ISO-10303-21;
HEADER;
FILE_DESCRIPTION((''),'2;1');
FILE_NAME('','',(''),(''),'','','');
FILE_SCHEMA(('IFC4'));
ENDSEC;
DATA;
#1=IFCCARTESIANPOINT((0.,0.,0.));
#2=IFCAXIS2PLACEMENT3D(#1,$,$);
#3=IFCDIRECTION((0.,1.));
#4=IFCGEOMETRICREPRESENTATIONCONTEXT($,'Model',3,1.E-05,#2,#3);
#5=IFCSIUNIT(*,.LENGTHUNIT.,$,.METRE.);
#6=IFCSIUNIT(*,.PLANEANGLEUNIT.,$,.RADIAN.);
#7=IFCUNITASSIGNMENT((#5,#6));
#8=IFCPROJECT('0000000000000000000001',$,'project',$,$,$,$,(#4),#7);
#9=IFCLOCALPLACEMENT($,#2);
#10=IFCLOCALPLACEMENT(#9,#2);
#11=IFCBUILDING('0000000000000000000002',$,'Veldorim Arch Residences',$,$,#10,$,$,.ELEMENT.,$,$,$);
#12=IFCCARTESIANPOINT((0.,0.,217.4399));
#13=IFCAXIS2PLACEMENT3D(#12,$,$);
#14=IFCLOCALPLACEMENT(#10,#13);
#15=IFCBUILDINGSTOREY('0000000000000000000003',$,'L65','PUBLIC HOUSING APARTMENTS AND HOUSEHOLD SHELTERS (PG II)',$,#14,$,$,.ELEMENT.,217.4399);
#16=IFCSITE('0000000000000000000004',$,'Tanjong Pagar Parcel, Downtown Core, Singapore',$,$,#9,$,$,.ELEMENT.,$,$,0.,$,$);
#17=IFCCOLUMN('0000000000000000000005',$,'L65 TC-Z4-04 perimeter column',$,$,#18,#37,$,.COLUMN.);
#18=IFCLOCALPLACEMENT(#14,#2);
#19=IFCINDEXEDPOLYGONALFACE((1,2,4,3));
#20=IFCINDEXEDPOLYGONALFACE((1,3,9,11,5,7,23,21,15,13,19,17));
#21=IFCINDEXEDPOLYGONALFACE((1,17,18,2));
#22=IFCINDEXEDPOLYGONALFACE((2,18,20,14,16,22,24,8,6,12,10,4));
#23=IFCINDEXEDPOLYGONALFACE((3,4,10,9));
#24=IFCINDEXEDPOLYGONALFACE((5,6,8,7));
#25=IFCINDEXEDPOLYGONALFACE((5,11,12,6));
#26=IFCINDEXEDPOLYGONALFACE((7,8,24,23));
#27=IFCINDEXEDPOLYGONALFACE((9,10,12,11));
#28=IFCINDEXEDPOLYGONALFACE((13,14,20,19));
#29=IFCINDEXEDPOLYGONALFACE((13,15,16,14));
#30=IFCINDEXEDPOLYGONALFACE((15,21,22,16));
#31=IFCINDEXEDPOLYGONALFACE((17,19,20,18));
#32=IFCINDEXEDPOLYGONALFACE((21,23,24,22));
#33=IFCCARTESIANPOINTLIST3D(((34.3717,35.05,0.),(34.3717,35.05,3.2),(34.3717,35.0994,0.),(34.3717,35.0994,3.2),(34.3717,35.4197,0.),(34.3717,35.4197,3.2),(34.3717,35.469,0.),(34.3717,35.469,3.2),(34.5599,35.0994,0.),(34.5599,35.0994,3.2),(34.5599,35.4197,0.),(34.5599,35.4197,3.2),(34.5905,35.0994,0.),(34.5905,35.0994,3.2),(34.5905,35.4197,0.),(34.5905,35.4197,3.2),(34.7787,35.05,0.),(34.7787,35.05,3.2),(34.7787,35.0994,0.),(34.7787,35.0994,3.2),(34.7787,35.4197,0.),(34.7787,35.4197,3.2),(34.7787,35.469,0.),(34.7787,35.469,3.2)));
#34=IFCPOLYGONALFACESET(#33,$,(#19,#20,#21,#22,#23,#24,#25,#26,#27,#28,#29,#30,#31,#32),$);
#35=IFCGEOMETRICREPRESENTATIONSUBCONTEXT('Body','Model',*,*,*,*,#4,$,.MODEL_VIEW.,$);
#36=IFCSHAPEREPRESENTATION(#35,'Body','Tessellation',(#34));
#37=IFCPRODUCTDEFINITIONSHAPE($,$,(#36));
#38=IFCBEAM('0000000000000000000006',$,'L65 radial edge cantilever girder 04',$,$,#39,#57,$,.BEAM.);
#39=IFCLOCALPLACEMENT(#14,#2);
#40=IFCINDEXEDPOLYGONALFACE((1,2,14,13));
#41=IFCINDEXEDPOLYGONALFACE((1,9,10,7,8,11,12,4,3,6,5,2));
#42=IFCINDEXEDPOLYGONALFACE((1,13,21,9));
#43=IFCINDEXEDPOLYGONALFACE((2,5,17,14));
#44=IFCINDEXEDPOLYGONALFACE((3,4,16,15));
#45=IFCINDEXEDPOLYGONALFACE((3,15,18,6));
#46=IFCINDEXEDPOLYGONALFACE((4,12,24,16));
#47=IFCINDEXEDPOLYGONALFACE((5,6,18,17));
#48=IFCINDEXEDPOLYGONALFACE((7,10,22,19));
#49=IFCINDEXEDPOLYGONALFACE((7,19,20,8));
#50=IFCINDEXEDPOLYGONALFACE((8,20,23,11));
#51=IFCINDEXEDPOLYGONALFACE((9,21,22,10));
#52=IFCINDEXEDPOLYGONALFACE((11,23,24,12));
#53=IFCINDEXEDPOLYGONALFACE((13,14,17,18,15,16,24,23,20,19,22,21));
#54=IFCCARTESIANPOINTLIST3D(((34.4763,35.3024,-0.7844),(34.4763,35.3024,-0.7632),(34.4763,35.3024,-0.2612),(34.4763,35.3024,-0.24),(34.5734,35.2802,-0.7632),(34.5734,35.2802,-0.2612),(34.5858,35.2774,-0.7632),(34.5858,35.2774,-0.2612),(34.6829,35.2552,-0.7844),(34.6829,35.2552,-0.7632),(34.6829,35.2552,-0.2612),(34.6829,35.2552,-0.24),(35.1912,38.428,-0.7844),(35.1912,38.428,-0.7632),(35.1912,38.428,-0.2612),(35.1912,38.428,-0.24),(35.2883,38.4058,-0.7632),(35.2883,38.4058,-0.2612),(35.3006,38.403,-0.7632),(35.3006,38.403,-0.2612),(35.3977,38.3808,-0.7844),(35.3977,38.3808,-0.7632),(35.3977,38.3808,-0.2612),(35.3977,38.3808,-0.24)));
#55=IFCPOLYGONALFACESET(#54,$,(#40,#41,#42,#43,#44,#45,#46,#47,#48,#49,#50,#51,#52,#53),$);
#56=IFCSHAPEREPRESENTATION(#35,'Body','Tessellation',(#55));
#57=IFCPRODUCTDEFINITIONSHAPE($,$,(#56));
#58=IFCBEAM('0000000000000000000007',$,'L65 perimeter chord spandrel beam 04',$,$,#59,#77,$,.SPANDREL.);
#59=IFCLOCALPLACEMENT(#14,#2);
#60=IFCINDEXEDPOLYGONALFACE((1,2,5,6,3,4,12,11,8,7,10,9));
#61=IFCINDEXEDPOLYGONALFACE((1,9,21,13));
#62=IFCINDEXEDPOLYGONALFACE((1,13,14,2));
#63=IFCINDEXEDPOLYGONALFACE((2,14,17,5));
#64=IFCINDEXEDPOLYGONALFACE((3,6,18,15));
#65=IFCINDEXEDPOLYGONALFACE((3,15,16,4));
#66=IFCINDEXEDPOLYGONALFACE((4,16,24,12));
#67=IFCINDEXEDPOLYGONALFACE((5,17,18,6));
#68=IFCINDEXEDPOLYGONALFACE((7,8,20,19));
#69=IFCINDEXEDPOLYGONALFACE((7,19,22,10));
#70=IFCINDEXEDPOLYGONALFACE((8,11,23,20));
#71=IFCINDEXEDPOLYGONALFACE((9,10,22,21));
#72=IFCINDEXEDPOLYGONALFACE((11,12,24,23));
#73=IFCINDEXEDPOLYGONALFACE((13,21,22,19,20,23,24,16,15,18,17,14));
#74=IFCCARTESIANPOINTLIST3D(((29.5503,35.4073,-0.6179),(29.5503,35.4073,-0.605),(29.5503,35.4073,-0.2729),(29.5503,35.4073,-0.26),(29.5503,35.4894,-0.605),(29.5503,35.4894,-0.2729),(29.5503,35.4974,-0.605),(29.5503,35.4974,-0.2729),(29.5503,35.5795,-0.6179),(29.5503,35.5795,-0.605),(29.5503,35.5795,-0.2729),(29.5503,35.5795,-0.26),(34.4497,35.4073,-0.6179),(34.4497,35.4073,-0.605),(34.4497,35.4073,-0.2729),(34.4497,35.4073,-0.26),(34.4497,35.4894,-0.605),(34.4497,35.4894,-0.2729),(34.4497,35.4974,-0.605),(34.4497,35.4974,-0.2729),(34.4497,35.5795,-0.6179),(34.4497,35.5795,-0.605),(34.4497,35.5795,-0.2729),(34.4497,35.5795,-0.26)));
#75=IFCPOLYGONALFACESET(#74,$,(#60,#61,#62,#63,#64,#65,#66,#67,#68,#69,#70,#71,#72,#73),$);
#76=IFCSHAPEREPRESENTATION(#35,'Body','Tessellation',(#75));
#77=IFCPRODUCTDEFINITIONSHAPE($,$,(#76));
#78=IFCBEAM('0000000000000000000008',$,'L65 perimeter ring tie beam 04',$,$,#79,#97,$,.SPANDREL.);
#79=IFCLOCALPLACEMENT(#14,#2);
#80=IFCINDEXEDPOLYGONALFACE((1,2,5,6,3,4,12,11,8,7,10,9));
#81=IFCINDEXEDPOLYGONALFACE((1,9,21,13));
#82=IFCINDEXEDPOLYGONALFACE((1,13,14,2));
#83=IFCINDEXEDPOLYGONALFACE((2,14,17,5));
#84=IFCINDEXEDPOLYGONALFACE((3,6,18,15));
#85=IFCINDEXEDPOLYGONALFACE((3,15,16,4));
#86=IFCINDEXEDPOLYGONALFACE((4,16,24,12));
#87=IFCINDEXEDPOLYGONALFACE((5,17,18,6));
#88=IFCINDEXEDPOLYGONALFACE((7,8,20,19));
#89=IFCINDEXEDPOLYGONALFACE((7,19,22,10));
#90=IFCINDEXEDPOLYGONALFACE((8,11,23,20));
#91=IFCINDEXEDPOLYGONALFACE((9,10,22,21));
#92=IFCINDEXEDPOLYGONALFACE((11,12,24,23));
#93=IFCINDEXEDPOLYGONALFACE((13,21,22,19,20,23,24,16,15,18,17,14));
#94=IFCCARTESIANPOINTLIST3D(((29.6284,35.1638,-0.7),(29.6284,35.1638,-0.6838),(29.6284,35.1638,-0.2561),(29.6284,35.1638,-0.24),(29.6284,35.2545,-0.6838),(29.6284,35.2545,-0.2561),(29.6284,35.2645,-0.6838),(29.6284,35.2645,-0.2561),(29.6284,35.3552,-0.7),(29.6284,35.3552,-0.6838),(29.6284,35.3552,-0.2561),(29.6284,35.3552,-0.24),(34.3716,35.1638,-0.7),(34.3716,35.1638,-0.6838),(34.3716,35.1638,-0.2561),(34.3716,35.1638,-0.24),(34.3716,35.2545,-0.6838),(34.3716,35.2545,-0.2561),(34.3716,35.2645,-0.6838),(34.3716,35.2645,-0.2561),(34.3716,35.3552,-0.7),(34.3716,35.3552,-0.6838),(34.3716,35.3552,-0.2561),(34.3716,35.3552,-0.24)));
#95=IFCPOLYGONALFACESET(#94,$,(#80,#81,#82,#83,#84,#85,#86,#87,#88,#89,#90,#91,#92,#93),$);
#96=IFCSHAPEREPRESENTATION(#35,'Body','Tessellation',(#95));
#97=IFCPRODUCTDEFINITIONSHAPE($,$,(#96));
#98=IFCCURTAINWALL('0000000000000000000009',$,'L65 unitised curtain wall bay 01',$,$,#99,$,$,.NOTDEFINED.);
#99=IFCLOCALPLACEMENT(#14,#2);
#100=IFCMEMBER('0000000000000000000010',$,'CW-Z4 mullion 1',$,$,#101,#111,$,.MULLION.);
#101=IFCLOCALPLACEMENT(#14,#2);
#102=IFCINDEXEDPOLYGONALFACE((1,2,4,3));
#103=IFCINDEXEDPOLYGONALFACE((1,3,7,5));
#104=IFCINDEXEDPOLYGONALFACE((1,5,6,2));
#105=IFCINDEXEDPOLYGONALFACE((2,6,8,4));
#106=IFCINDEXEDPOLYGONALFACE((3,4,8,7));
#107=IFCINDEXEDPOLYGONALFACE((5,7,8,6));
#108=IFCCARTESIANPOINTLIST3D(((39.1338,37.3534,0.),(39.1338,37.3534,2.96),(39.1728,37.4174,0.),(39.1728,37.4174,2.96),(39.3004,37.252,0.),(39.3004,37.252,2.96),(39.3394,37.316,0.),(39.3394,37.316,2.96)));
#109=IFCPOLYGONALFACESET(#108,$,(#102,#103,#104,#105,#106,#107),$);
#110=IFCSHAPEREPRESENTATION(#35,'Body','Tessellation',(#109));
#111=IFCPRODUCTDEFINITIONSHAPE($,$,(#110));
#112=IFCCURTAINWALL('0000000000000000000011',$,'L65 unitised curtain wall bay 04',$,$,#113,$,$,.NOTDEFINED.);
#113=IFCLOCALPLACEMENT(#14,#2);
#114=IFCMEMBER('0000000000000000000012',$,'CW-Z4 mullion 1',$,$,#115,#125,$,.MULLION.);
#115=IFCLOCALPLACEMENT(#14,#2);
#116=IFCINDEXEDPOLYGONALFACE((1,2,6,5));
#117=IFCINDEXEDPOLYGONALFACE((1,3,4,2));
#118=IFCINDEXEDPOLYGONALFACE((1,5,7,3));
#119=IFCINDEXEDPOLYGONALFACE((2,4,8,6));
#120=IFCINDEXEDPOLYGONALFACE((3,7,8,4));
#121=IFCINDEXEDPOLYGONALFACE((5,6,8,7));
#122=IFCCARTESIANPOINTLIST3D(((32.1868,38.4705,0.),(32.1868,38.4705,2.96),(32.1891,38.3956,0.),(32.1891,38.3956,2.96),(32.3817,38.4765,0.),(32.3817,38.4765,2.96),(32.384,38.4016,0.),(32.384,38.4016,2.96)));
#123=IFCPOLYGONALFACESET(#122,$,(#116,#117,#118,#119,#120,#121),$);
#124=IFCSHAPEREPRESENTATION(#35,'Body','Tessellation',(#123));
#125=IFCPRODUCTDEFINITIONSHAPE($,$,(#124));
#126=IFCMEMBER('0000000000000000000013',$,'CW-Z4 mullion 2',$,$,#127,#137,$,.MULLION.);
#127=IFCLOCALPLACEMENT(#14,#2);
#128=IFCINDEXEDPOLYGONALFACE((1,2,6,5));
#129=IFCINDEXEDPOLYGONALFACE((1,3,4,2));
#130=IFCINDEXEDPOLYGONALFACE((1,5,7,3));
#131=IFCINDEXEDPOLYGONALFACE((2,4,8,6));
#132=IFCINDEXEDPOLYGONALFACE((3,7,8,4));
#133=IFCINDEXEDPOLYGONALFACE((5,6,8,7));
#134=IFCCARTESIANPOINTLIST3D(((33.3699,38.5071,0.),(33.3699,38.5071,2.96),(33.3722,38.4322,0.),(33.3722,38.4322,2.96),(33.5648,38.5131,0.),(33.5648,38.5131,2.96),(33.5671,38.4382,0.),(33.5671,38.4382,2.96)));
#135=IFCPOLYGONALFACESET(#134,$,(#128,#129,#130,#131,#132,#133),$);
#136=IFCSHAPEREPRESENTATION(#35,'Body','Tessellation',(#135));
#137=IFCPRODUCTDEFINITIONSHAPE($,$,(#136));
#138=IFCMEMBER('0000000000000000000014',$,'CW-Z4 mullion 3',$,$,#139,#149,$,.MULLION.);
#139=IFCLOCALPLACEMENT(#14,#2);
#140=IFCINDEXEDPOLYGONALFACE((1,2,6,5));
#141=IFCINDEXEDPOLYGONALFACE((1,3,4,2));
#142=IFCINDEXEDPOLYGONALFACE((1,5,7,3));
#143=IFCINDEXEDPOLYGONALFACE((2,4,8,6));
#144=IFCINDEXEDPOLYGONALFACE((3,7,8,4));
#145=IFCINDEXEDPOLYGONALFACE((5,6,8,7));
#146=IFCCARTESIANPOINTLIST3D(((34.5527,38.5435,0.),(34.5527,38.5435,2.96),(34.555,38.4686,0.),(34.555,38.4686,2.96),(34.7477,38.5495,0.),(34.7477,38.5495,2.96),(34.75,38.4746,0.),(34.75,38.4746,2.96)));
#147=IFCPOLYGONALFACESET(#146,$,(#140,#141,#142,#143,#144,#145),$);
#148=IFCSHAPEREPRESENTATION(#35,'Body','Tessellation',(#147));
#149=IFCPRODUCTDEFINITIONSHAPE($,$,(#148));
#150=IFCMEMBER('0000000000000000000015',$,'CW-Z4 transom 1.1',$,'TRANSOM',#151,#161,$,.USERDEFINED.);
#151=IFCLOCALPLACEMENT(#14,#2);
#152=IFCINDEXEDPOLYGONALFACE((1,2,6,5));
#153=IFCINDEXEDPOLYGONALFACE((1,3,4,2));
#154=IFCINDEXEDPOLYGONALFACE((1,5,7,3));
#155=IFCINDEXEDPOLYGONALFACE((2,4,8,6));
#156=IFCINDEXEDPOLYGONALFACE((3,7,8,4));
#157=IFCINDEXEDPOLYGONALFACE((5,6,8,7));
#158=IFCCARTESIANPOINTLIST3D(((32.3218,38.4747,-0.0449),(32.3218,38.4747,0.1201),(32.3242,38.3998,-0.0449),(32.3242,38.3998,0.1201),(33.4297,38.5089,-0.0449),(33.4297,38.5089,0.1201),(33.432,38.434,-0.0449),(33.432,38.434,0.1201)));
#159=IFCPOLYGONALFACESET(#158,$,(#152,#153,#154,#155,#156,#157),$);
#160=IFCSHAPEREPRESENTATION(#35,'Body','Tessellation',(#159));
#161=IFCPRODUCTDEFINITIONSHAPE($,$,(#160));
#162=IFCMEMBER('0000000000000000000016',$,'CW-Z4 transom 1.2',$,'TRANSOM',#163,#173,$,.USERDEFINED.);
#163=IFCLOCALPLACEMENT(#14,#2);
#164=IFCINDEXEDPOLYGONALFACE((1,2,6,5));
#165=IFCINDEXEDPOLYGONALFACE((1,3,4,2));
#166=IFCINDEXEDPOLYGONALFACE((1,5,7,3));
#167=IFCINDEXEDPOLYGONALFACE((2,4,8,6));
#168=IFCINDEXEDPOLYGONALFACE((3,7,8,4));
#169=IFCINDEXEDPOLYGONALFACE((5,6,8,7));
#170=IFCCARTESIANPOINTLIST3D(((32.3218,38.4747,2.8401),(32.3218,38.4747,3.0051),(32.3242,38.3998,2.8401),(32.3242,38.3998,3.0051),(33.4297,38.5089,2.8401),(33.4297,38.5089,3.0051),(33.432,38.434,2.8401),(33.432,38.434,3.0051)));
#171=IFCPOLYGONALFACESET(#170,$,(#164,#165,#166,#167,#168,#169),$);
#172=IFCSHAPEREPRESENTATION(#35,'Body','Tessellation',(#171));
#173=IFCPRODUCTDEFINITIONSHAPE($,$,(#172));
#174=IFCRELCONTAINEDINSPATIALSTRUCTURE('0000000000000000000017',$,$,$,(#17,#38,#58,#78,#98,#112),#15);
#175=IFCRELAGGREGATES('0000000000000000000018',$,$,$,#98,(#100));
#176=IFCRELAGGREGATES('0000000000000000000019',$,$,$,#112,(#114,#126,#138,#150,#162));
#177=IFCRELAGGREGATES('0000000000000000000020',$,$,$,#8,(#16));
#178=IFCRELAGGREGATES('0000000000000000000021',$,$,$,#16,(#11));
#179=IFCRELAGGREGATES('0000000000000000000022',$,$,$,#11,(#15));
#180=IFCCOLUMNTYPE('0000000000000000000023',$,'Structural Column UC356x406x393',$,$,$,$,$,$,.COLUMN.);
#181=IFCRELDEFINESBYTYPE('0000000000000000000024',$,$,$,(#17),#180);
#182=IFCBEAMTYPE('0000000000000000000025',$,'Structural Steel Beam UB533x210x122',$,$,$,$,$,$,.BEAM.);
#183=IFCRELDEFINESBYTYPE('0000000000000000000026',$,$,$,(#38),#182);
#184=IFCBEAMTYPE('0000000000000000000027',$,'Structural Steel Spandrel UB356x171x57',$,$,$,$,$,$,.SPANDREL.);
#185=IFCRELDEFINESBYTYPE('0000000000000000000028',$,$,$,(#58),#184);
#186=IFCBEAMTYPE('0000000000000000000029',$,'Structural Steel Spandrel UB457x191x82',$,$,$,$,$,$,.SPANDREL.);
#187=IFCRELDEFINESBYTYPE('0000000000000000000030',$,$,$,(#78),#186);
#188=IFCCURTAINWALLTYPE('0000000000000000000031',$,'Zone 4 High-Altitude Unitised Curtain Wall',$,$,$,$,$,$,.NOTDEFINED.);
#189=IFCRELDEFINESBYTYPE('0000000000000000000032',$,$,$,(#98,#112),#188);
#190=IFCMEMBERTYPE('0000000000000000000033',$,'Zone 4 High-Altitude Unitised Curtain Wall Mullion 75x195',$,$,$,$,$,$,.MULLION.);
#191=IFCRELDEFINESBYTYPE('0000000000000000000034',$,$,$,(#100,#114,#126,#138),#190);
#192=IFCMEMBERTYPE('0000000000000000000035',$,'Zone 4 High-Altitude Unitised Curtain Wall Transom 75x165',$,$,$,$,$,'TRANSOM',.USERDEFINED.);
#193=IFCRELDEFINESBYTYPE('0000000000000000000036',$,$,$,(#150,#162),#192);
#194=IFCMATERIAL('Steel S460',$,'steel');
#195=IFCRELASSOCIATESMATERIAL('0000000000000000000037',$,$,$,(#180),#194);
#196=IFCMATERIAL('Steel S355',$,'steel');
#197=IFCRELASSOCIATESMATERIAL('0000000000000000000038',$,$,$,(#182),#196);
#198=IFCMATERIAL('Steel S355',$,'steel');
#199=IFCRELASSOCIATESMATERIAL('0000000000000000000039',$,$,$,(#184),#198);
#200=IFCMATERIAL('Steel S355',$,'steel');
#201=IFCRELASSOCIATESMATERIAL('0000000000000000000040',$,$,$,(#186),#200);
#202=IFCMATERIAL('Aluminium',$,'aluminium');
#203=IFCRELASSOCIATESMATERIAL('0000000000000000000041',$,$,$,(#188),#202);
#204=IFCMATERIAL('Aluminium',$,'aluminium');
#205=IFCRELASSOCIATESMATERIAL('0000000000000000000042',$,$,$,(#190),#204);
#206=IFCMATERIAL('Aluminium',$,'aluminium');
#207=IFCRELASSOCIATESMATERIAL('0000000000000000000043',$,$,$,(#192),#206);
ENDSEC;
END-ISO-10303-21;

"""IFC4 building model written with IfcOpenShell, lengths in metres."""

from ifc_helpers import new_model, si_unit, direction, frame, origin, origin_2d, place, context, subcontext, project, spatial, rectangle, i_section, extrude, material, material_profile, profile_set, type_object, element, aggregate, save


model = new_model("IFC4")

# Units and contexts
model_context = context("Model", 3, precision=1e-05, world=origin(), true_north=direction((0.0, 1.0)))
body_context = subcontext(model_context, "Body", "Model", "MODEL_VIEW")
ifc_project = project(units=[si_unit("LENGTHUNIT", "METRE"), si_unit("PLANEANGLEUNIT", "RADIAN")], contexts=[model_context])

# Site, building, storey
site_placement = place(None, origin())
site = spatial("IfcSite", under=ifc_project, at=site_placement, Name="Tanjong Pagar Parcel, Downtown Core, Singapore", CompositionType="ELEMENT", RefElevation=0.0)
building_placement = place(site_placement, origin())
building = spatial("IfcBuilding", under=site, at=building_placement, Name="Veldorim Arch Residences", CompositionType="ELEMENT")
storey_placement = place(building_placement, frame((0.0, 0.0, 217.4399)))
storey = spatial("IfcBuildingStorey", under=building, at=storey_placement, Name="L65", Description="PUBLIC HOUSING APARTMENTS AND HOUSEHOLD SHELTERS (PG II)", CompositionType="ELEMENT", Elevation=217.4399)

# Column
ifc_material_1 = material(Name="Steel S460", Category="steel")
ifc_material_profile_1 = material_profile(ifc_material_1, i_section(OverallWidth=0.407, OverallDepth=0.4189, WebThickness=0.0305, FlangeThickness=0.0493, at=origin_2d()), Name="UC356x406x393")
ifc_profile_set_1 = profile_set([ifc_material_profile_1], Name="Steel S460")
column_type = type_object("IfcColumnType", Name="Structural Column UC356x406x393", PredefinedType="COLUMN", material=ifc_profile_set_1)
column_placement = place(storey_placement, frame((34.5752, 35.2595, 0.0), z_axis=(0.0, 0.0, 1.0), x_axis=(1.0, 0.0, 0.0)))
element("IfcColumn", 1, at=column_placement, inside=storey, type_object=column_type, Name="L65 TC-Z4-04 perimeter column", PredefinedType="COLUMN", context=body_context, shape_type="SweptSolid", body=[
    extrude(i_section(OverallWidth=0.407, OverallDepth=0.4189, WebThickness=0.0305, FlangeThickness=0.0493, at=origin_2d()), origin(), (0.0, 0.0, 1.0), 3.2),
])

# Beams
ifc_material_2 = material(Name="Steel S355", Category="steel")
ifc_material_profile_2 = material_profile(ifc_material_2, i_section(OverallWidth=0.2119, OverallDepth=0.5444, WebThickness=0.0127, FlangeThickness=0.0212, at=origin_2d()), Name="UB533x210x122")
ifc_profile_set_2 = profile_set([ifc_material_profile_2], Name="Steel S355")
beam_type_1 = type_object("IfcBeamType", Name="Structural Steel Beam UB533x210x122", PredefinedType="BEAM", material=ifc_profile_set_2)
beam_1_placement = place(storey_placement, frame((34.5796, 35.2788, -0.5122), z_axis=(0.222957, 0.974828, 0.0), x_axis=(-0.974828, 0.222957, 0.0)))
element("IfcBeam", 2, at=beam_1_placement, inside=storey, type_object=beam_type_1, Name="L65 radial edge cantilever girder 04", PredefinedType="BEAM", context=body_context, shape_type="SweptSolid", body=[
    extrude(i_section(OverallWidth=0.2119, OverallDepth=0.5444, WebThickness=0.0127, FlangeThickness=0.0212, at=origin_2d()), origin(), (0.0, 0.0, 1.0), 3.2063),
])
ifc_material_3 = material(Name="Steel S355", Category="steel")
ifc_material_profile_3 = material_profile(ifc_material_3, i_section(OverallWidth=0.1721, OverallDepth=0.3579, WebThickness=0.0081, FlangeThickness=0.0129, at=origin_2d()), Name="UB356x171x57")
ifc_profile_set_3 = profile_set([ifc_material_profile_3], Name="Steel S355")
beam_type_2 = type_object("IfcBeamType", Name="Structural Steel Spandrel UB356x171x57", PredefinedType="SPANDREL", material=ifc_profile_set_3)
beam_2_placement = place(storey_placement, frame((34.4497, 35.4934, -0.439), z_axis=(-1.0, 0.0, 0.0), x_axis=(0.0, -1.0, 0.0)))
element("IfcBeam", 3, at=beam_2_placement, inside=storey, type_object=beam_type_2, Name="L65 perimeter chord spandrel beam 04", PredefinedType="SPANDREL", context=body_context, shape_type="SweptSolid", body=[
    extrude(i_section(OverallWidth=0.1721, OverallDepth=0.3579, WebThickness=0.0081, FlangeThickness=0.0129, at=origin_2d()), origin(), (0.0, 0.0, 1.0), 4.8994),
])
ifc_material_4 = material(Name="Steel S355", Category="steel")
ifc_material_profile_4 = material_profile(ifc_material_4, i_section(OverallWidth=0.1914, OverallDepth=0.46, WebThickness=0.01, FlangeThickness=0.0161, at=origin_2d()), Name="UB457x191x82")
ifc_profile_set_4 = profile_set([ifc_material_profile_4], Name="Steel S355")
beam_type_3 = type_object("IfcBeamType", Name="Structural Steel Spandrel UB457x191x82", PredefinedType="SPANDREL", material=ifc_profile_set_4)
beam_3_placement = place(storey_placement, frame((34.3716, 35.2595, -0.47), z_axis=(-1.0, 0.0, 0.0), x_axis=(0.0, -1.0, 0.0)))
element("IfcBeam", 4, at=beam_3_placement, inside=storey, type_object=beam_type_3, Name="L65 perimeter ring tie beam 04", PredefinedType="SPANDREL", context=body_context, shape_type="SweptSolid", body=[
    extrude(i_section(OverallWidth=0.1914, OverallDepth=0.46, WebThickness=0.01, FlangeThickness=0.0161, at=origin_2d()), origin(), (0.0, 0.0, 1.0), 4.7432),
])

# Curtain wall, member
ifc_material_5 = material(Name="Aluminium", Category="aluminium")
curtain_wall_type = type_object("IfcCurtainWallType", Name="Zone 4 High-Altitude Unitised Curtain Wall", PredefinedType="NOTDEFINED", material=ifc_material_5)
curtain_wall_1_placement = place(storey_placement, origin())
curtain_wall_1 = element("IfcCurtainWall", 5, at=curtain_wall_1_placement, inside=storey, type_object=curtain_wall_type, Name="L65 unitised curtain wall bay 01", PredefinedType="NOTDEFINED")
ifc_material_6 = material(Name="Aluminium", Category="aluminium")
ifc_material_profile_5 = material_profile(ifc_material_6, rectangle(XDim=0.075, YDim=0.1951, at=origin_2d()), Name="ALU_MUL_75x195")
ifc_profile_set_5 = profile_set([ifc_material_profile_5], Name="Aluminium")
member_type_1 = type_object("IfcMemberType", Name="Zone 4 High-Altitude Unitised Curtain Wall Mullion 75x195", PredefinedType="MULLION", material=ifc_profile_set_5)
member_1_placement = place(storey_placement, frame((39.2366, 37.3347, 0.0), z_axis=(0.0, 0.0, 1.0), x_axis=(0.520033, 0.854146, 0.0)))
member_1 = element("IfcMember", 6, at=member_1_placement, type_object=member_type_1, Name="CW-Z4 mullion 1", PredefinedType="MULLION", context=body_context, shape_type="SweptSolid", body=[
    extrude(rectangle(XDim=0.075, YDim=0.1951, at=origin_2d()), origin(), (0.0, 0.0, 1.0), 2.96),
])
aggregate(curtain_wall_1, [member_1])

# Curtain wall, members
curtain_wall_2_placement = place(storey_placement, origin())
curtain_wall_2 = element("IfcCurtainWall", 7, at=curtain_wall_2_placement, inside=storey, type_object=curtain_wall_type, Name="L65 unitised curtain wall bay 04", PredefinedType="NOTDEFINED")
member_2_placement = place(storey_placement, frame((32.2854, 38.436, 0.0), z_axis=(0.0, 0.0, 1.0), x_axis=(-0.030835, 0.999525, 0.0)))
member_2 = element("IfcMember", 8, at=member_2_placement, type_object=member_type_1, Name="CW-Z4 mullion 1", PredefinedType="MULLION", context=body_context, shape_type="SweptSolid", body=[
    extrude(rectangle(XDim=0.075, YDim=0.1951, at=origin_2d()), origin(), (0.0, 0.0, 1.0), 2.96),
])
member_3_placement = place(storey_placement, frame((33.4685, 38.4727, 0.0), z_axis=(0.0, 0.0, 1.0), x_axis=(-0.030835, 0.999525, 0.0)))
member_3 = element("IfcMember", 9, at=member_3_placement, type_object=member_type_1, Name="CW-Z4 mullion 2", PredefinedType="MULLION", context=body_context, shape_type="SweptSolid", body=[
    extrude(rectangle(XDim=0.075, YDim=0.1951, at=origin_2d()), origin(), (0.0, 0.0, 1.0), 2.96),
])
member_4_placement = place(storey_placement, frame((34.6514, 38.509, 0.0), z_axis=(0.0, 0.0, 1.0), x_axis=(-0.030835, 0.999525, 0.0)))
member_4 = element("IfcMember", 10, at=member_4_placement, type_object=member_type_1, Name="CW-Z4 mullion 3", PredefinedType="MULLION", context=body_context, shape_type="SweptSolid", body=[
    extrude(rectangle(XDim=0.075, YDim=0.1951, at=origin_2d()), origin(), (0.0, 0.0, 1.0), 2.96),
])
ifc_material_7 = material(Name="Aluminium", Category="aluminium")
ifc_material_profile_6 = material_profile(ifc_material_7, rectangle(XDim=0.075, YDim=0.165, at=origin_2d()), Name="ALU_TRN_75x165")
ifc_profile_set_6 = profile_set([ifc_material_profile_6], Name="Aluminium")
member_type_2 = type_object("IfcMemberType", Name="Zone 4 High-Altitude Unitised Curtain Wall Transom 75x165", ElementType="TRANSOM", PredefinedType="USERDEFINED", material=ifc_profile_set_6)
member_5_placement = place(storey_placement, frame((32.323, 38.4373, 0.0376), z_axis=(0.999524, 0.030836, 0.0), x_axis=(-0.030836, 0.999524, 0.0)))
member_5 = element("IfcMember", 11, at=member_5_placement, type_object=member_type_2, Name="CW-Z4 transom 1.1", ObjectType="TRANSOM", PredefinedType="USERDEFINED", context=body_context, shape_type="SweptSolid", body=[
    extrude(rectangle(XDim=0.075, YDim=0.165, at=origin_2d()), origin(), (0.0, 0.0, 1.0), 1.1084),
])
member_6_placement = place(storey_placement, frame((32.323, 38.4373, 2.9226), z_axis=(0.999524, 0.030836, 0.0), x_axis=(-0.030836, 0.999524, 0.0)))
member_6 = element("IfcMember", 12, at=member_6_placement, type_object=member_type_2, Name="CW-Z4 transom 1.2", ObjectType="TRANSOM", PredefinedType="USERDEFINED", context=body_context, shape_type="SweptSolid", body=[
    extrude(rectangle(XDim=0.075, YDim=0.165, at=origin_2d()), origin(), (0.0, 0.0, 1.0), 1.1084),
])
aggregate(curtain_wall_2, [member_2, member_3, member_4, member_5, member_6])

save(model, "model.ifc")
